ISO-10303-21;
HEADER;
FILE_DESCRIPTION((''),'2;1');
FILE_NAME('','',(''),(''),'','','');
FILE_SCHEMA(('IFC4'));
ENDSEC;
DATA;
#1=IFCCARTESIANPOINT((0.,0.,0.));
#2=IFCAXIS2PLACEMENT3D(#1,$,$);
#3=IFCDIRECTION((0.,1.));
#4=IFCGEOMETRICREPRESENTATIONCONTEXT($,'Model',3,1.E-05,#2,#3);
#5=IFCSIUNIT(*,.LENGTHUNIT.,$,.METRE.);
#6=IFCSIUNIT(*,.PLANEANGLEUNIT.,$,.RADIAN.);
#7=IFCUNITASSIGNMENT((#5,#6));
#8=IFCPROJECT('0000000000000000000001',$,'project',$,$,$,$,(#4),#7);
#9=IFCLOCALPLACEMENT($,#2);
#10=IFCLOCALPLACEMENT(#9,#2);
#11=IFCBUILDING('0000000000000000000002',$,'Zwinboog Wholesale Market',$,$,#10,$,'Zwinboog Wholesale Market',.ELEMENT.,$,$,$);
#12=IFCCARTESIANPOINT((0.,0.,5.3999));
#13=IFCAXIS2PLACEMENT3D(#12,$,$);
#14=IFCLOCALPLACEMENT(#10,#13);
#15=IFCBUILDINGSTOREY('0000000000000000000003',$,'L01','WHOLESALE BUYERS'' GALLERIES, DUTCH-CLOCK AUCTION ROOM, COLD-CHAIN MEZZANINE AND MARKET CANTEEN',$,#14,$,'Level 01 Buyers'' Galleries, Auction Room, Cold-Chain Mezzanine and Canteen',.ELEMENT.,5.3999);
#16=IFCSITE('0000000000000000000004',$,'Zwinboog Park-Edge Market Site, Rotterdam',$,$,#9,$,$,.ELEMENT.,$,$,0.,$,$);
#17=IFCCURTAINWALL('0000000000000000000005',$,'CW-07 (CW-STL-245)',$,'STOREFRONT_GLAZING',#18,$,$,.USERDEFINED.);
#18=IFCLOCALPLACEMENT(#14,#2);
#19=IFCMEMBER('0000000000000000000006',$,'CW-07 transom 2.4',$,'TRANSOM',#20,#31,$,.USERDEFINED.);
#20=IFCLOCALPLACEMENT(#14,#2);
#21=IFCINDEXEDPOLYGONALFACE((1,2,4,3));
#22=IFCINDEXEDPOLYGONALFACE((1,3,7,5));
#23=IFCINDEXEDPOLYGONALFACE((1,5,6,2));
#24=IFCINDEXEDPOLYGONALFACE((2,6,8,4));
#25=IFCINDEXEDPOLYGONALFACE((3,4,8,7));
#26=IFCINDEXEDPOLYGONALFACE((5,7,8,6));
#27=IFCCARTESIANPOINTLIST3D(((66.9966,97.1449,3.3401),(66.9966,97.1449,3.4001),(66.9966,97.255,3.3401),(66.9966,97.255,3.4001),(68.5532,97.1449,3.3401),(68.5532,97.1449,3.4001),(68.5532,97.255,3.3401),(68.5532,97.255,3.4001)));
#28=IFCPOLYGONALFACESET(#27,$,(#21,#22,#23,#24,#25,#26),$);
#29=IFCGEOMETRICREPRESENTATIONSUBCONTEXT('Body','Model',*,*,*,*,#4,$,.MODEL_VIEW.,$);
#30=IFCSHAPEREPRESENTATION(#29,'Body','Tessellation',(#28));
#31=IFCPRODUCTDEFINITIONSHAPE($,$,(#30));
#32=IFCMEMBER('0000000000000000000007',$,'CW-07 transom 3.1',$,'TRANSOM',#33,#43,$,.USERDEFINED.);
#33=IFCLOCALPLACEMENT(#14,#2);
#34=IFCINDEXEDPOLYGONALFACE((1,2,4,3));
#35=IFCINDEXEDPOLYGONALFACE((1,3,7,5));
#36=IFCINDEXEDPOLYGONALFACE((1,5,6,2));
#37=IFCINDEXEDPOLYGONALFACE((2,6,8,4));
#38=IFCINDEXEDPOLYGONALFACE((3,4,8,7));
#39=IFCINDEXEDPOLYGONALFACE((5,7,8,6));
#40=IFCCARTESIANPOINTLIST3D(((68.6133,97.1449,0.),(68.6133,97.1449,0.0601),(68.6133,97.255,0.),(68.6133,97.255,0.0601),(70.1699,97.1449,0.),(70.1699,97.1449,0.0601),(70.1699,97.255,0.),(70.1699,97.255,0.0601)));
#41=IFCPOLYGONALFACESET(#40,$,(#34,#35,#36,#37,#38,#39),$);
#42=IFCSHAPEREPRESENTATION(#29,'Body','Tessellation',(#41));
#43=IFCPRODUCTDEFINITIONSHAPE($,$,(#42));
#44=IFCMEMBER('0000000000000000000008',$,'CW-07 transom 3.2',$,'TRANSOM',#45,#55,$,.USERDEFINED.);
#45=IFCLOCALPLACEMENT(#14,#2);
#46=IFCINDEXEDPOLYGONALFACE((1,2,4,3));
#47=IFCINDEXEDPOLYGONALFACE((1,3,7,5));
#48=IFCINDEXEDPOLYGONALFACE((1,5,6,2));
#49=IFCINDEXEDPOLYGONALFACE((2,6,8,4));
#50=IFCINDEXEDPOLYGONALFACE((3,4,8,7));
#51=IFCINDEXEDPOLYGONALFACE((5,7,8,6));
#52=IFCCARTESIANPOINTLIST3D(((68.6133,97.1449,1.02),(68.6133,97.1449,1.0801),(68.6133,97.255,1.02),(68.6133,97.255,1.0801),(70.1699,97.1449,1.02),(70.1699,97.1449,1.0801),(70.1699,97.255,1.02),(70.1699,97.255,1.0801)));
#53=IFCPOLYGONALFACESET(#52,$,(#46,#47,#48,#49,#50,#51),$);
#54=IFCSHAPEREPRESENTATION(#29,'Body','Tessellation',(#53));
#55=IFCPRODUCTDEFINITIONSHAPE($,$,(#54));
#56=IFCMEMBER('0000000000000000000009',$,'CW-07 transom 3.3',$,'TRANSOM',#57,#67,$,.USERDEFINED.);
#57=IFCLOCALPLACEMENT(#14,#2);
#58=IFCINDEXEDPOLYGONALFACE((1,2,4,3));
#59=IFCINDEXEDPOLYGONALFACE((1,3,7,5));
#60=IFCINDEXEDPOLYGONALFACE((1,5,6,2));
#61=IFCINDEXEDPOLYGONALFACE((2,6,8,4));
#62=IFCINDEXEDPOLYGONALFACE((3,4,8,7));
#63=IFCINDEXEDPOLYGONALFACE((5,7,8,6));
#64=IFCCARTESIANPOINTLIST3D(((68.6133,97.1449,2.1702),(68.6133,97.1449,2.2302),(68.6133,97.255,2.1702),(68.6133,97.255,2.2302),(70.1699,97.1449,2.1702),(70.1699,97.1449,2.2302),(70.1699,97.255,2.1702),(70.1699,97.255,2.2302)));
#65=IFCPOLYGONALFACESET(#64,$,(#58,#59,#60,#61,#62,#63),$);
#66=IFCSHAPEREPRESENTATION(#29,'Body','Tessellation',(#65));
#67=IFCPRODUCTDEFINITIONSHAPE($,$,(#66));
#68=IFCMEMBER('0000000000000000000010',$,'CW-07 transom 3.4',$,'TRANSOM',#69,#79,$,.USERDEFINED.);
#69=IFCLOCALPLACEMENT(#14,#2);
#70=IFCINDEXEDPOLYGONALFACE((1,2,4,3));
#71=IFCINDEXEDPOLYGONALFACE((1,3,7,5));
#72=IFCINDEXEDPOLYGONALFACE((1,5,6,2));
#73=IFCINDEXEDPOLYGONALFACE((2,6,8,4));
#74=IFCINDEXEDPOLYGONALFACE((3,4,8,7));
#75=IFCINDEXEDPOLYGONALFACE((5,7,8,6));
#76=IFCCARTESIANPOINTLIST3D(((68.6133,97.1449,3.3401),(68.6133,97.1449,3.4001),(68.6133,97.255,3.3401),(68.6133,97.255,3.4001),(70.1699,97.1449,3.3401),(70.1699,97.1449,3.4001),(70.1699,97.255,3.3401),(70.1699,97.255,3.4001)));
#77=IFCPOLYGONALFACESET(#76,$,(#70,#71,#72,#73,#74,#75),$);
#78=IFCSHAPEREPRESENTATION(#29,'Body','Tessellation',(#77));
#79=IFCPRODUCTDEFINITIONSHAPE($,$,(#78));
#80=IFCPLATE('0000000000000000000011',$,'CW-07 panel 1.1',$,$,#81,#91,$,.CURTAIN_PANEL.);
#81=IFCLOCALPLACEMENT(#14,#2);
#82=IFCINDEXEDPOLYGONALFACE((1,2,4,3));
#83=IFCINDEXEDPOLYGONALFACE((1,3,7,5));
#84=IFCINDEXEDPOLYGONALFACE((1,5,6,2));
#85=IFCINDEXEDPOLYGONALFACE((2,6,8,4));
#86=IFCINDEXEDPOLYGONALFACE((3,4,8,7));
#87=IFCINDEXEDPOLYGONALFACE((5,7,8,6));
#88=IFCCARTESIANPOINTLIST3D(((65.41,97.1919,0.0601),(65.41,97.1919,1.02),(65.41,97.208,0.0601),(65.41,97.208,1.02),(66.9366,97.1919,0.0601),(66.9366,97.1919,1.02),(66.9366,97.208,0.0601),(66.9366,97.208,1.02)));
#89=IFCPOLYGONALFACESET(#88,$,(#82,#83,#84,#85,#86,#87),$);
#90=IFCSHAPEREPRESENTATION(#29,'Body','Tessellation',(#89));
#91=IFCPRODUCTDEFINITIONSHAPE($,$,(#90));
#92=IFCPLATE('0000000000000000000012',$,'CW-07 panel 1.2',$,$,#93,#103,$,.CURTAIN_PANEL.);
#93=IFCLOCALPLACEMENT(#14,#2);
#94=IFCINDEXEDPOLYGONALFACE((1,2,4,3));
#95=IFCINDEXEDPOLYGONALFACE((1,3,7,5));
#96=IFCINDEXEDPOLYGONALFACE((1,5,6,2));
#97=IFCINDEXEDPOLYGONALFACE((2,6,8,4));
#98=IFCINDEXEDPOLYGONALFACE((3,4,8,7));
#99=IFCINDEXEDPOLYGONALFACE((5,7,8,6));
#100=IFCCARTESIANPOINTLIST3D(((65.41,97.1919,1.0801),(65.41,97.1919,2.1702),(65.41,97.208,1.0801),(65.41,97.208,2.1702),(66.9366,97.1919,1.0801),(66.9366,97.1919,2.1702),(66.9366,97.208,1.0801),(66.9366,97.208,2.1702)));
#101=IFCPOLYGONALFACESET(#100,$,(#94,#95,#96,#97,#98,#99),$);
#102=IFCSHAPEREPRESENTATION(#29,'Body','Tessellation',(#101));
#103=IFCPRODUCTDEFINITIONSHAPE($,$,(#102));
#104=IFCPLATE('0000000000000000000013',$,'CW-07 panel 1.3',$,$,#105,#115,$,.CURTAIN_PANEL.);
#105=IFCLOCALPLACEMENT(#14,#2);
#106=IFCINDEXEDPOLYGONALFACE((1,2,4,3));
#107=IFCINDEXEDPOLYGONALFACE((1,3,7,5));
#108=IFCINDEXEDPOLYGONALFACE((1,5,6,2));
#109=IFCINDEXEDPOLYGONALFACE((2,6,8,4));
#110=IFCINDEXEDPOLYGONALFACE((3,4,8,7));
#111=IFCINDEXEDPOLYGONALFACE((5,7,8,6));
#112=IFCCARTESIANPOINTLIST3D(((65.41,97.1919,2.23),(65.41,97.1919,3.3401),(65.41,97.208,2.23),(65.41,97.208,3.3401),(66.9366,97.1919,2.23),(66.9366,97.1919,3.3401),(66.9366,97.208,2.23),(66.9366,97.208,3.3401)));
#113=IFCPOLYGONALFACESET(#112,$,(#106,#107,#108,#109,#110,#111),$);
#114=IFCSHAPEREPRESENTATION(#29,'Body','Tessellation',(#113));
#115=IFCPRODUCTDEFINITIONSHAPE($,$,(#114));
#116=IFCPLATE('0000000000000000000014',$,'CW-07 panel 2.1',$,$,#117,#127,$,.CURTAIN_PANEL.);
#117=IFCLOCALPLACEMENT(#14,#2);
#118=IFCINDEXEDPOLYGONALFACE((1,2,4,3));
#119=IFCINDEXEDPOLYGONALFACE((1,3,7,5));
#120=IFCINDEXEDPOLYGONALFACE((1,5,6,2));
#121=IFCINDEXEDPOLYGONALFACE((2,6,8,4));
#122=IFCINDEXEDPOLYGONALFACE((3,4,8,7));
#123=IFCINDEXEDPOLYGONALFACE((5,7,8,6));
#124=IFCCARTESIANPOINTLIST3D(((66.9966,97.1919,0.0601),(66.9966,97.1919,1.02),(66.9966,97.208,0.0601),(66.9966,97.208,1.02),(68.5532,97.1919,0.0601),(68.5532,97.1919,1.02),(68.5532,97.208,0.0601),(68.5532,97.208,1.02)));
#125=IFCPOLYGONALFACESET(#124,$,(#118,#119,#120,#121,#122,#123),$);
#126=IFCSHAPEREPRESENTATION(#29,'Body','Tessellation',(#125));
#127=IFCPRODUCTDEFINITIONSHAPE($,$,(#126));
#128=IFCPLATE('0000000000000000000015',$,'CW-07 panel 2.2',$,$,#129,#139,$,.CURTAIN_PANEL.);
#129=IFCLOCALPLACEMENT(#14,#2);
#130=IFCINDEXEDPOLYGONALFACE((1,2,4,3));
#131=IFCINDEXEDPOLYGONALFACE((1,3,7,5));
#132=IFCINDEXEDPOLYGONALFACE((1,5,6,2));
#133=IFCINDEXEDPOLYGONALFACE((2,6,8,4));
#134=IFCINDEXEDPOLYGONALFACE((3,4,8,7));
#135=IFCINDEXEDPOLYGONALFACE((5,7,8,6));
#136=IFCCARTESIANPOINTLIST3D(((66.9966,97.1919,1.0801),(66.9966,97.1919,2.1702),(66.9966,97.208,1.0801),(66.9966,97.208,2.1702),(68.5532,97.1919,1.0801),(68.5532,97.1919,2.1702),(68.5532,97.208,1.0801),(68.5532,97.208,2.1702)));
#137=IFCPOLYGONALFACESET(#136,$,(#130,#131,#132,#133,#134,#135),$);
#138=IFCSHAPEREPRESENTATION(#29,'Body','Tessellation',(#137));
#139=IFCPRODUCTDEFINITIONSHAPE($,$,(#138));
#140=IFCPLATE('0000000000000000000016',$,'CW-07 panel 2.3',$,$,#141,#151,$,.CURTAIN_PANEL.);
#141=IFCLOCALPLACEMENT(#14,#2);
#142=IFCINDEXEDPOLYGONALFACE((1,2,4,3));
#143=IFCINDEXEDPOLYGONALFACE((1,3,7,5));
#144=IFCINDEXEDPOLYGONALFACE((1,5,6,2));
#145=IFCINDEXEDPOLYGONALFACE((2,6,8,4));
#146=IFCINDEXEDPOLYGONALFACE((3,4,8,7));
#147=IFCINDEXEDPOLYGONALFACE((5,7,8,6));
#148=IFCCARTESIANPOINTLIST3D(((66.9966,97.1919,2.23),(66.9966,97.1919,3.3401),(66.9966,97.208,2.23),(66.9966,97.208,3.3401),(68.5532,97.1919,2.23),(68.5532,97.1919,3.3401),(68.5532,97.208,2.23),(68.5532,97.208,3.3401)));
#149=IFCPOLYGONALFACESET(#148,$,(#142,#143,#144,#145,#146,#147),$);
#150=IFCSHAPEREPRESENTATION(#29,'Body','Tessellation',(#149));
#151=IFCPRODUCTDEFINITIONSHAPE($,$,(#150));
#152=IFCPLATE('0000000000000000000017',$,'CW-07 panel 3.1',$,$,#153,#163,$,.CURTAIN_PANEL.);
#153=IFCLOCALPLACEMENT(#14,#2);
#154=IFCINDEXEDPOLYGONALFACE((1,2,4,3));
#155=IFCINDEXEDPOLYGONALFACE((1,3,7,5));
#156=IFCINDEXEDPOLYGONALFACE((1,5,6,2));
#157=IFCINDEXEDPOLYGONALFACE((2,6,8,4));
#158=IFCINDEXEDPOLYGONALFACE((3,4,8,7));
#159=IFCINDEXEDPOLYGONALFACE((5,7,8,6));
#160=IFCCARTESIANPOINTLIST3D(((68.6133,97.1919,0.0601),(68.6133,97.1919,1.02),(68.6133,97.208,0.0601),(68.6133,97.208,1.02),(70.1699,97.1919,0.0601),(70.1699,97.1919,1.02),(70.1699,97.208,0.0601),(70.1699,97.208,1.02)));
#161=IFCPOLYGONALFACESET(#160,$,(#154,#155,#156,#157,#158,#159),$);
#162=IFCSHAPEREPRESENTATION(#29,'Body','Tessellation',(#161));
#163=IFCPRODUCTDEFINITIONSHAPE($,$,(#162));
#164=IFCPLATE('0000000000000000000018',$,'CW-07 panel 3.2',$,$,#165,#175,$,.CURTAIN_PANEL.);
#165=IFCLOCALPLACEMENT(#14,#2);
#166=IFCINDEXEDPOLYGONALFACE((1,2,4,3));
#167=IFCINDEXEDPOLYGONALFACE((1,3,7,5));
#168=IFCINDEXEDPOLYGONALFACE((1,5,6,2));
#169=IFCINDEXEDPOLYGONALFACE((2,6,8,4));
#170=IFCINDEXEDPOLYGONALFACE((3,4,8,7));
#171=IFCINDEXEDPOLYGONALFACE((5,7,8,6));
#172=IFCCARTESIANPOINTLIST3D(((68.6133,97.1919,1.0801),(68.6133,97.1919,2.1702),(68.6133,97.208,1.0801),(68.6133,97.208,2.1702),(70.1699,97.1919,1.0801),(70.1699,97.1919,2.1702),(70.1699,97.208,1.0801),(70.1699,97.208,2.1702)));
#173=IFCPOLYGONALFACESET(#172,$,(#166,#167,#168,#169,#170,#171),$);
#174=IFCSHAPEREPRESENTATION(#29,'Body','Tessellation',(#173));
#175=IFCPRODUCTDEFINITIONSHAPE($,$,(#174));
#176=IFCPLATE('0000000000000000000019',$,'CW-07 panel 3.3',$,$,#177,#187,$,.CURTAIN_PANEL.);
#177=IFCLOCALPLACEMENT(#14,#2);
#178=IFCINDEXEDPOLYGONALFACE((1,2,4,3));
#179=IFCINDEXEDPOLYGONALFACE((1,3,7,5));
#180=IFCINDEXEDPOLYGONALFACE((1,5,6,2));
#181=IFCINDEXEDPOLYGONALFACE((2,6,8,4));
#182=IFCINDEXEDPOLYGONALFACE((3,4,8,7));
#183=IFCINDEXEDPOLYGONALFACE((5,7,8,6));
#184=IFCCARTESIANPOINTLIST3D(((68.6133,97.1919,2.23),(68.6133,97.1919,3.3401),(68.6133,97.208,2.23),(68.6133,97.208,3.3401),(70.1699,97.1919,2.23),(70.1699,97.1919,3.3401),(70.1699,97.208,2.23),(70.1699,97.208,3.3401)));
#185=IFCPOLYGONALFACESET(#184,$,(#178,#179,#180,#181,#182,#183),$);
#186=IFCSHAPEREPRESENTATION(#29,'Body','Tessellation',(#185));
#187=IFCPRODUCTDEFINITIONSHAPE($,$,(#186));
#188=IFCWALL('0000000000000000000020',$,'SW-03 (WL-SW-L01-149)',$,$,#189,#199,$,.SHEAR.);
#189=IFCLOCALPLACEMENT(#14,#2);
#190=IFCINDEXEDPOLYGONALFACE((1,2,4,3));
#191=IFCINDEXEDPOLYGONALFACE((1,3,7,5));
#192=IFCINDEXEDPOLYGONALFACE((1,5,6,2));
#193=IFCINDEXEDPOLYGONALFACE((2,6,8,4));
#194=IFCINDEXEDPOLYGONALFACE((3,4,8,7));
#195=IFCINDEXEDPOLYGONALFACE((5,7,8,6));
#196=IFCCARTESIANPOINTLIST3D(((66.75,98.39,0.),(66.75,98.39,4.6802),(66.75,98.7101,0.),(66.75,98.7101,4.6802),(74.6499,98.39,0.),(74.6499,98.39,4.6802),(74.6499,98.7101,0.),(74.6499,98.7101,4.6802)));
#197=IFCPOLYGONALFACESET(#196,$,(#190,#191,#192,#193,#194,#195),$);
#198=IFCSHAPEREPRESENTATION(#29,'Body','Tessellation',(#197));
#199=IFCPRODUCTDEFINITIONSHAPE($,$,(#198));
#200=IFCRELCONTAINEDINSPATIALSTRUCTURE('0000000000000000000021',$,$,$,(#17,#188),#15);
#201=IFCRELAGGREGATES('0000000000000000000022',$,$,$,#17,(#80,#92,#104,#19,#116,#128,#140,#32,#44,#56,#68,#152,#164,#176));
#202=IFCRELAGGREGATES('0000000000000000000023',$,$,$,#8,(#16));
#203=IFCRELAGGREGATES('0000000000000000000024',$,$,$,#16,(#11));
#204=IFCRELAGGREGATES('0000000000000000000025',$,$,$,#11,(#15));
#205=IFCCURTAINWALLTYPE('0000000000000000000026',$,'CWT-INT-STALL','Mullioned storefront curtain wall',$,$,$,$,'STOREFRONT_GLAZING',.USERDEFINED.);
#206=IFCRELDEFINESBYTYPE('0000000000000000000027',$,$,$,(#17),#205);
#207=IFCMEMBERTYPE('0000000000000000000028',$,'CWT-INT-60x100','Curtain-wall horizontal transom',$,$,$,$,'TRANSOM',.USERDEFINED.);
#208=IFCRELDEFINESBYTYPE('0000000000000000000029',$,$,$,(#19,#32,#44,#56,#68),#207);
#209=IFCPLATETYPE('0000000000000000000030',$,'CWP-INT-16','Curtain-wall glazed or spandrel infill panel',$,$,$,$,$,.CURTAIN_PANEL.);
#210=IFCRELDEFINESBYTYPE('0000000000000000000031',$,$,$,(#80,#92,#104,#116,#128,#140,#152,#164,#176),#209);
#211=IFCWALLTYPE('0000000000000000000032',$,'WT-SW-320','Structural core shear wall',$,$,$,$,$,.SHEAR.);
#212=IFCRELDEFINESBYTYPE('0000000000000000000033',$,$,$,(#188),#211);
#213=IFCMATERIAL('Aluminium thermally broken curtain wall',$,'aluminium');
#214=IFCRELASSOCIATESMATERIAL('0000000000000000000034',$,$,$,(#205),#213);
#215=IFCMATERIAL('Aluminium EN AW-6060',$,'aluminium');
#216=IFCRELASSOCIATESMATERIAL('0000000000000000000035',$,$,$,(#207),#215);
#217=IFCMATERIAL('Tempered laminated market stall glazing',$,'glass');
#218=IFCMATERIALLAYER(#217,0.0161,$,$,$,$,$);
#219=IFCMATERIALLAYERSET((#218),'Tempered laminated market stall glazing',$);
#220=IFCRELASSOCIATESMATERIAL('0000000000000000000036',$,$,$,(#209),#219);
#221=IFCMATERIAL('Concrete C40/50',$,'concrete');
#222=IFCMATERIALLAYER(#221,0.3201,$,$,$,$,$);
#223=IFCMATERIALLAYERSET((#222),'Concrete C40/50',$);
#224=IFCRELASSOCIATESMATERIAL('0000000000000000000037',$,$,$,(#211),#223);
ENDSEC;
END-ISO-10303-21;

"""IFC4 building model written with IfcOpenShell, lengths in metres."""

from ifc_helpers import new_model, si_unit, direction, frame, frame_2d, origin, origin_2d, place, context, subcontext, project, spatial, rectangle, extrude, material, layer, layer_set, material_profile, profile_set, type_object, element, aggregate, save


model = new_model("IFC4")

# Units and contexts
model_context = context("Model", 3, precision=1e-05, world=origin(), true_north=direction((0.0, 1.0)))
body_context = subcontext(model_context, "Body", "Model", "MODEL_VIEW")
ifc_project = project(units=[si_unit("LENGTHUNIT", "METRE"), si_unit("PLANEANGLEUNIT", "RADIAN")], contexts=[model_context])

# Site, building, storey
site_placement = place(None, origin())
site = spatial("IfcSite", under=ifc_project, at=site_placement, Name="Zwinboog Park-Edge Market Site, Rotterdam", CompositionType="ELEMENT", RefElevation=0.0)
building_placement = place(site_placement, origin())
building = spatial("IfcBuilding", under=site, at=building_placement, Name="Zwinboog Wholesale Market", LongName="Zwinboog Wholesale Market", CompositionType="ELEMENT")
storey_placement = place(building_placement, frame((0.0, 0.0, 5.3999)))
storey = spatial("IfcBuildingStorey", under=building, at=storey_placement, Name="L01", Description="WHOLESALE BUYERS' GALLERIES, DUTCH-CLOCK AUCTION ROOM, COLD-CHAIN MEZZANINE AND MARKET CANTEEN", LongName="Level 01 Buyers' Galleries, Auction Room, Cold-Chain Mezzanine and Canteen", CompositionType="ELEMENT", Elevation=5.3999)

# Curtain wall, members, plates
ifc_material_1 = material(Name="Aluminium thermally broken curtain wall", Category="aluminium")
curtain_wall_type = type_object("IfcCurtainWallType", Name="CWT-INT-STALL", Description="Mullioned storefront curtain wall", ElementType="STOREFRONT_GLAZING", PredefinedType="USERDEFINED", material=ifc_material_1)
curtain_wall_placement = place(storey_placement, origin())
curtain_wall = element("IfcCurtainWall", 1, at=curtain_wall_placement, inside=storey, type_object=curtain_wall_type, Name="CW-07 (CW-STL-245)", ObjectType="STOREFRONT_GLAZING", PredefinedType="USERDEFINED")
ifc_material_2 = material(Name="Aluminium EN AW-6060", Category="aluminium")
ifc_material_profile_1 = material_profile(ifc_material_2, rectangle(XDim=0.1101, YDim=0.0601, at=origin_2d()), Name="AL 60x110")
ifc_profile_set_1 = profile_set([ifc_material_profile_1], Name="Aluminium EN AW-6060")
member_type_1 = type_object("IfcMemberType", Name="CWT-INT-60x100", Description="Curtain-wall horizontal transom", ElementType="TRANSOM", PredefinedType="USERDEFINED", material=ifc_profile_set_1)
member_1_placement = place(storey_placement, frame((66.9966, 97.2, 3.3701), z_axis=(1.0, 0.0, 0.0), x_axis=(0.0, 1.0, 0.0)))
member_1 = element("IfcMember", 2, at=member_1_placement, type_object=member_type_1, Name="CW-07 transom 2.4", ObjectType="TRANSOM", PredefinedType="USERDEFINED", context=body_context, shape_type="SweptSolid", body=[
    extrude(rectangle(XDim=0.1101, YDim=0.0601, at=origin_2d()), origin(), (0.0, 0.0, 1.0), 1.5566),
])
member_2_placement = place(storey_placement, frame((68.6133, 97.2, 0.03), z_axis=(1.0, 0.0, 0.0), x_axis=(0.0, 1.0, 0.0)))
member_2 = element("IfcMember", 3, at=member_2_placement, type_object=member_type_1, Name="CW-07 transom 3.1", ObjectType="TRANSOM", PredefinedType="USERDEFINED", context=body_context, shape_type="SweptSolid", body=[
    extrude(rectangle(XDim=0.1101, YDim=0.0601, at=origin_2d()), origin(), (0.0, 0.0, 1.0), 1.5566),
])
member_3_placement = place(storey_placement, frame((68.6133, 97.2, 1.05), z_axis=(1.0, 0.0, 0.0), x_axis=(0.0, 1.0, 0.0)))
member_3 = element("IfcMember", 4, at=member_3_placement, type_object=member_type_1, Name="CW-07 transom 3.2", ObjectType="TRANSOM", PredefinedType="USERDEFINED", context=body_context, shape_type="SweptSolid", body=[
    extrude(rectangle(XDim=0.1101, YDim=0.0601, at=origin_2d()), origin(), (0.0, 0.0, 1.0), 1.5566),
])
member_4_placement = place(storey_placement, frame((68.6133, 97.2, 2.2002), z_axis=(1.0, 0.0, 0.0), x_axis=(0.0, 1.0, 0.0)))
member_4 = element("IfcMember", 5, at=member_4_placement, type_object=member_type_1, Name="CW-07 transom 3.3", ObjectType="TRANSOM", PredefinedType="USERDEFINED", context=body_context, shape_type="SweptSolid", body=[
    extrude(rectangle(XDim=0.1101, YDim=0.0601, at=origin_2d()), origin(), (0.0, 0.0, 1.0), 1.5566),
])
member_5_placement = place(storey_placement, frame((68.6133, 97.2, 3.3701), z_axis=(1.0, 0.0, 0.0), x_axis=(0.0, 1.0, 0.0)))
member_5 = element("IfcMember", 6, at=member_5_placement, type_object=member_type_1, Name="CW-07 transom 3.4", ObjectType="TRANSOM", PredefinedType="USERDEFINED", context=body_context, shape_type="SweptSolid", body=[
    extrude(rectangle(XDim=0.1101, YDim=0.0601, at=origin_2d()), origin(), (0.0, 0.0, 1.0), 1.5566),
])
ifc_material_3 = material(Name="Tempered laminated market stall glazing", Category="glass")
ifc_layer_1 = layer(ifc_material_3, 0.0161)
ifc_layer_set_1 = layer_set([ifc_layer_1], Name="Tempered laminated market stall glazing")
plate_type = type_object("IfcPlateType", Name="CWP-INT-16", Description="Curtain-wall glazed or spandrel infill panel", PredefinedType="CURTAIN_PANEL", material=ifc_layer_set_1)
plate_1_placement = place(storey_placement, frame((66.1733, 97.2, 0.0601), z_axis=(0.0, 0.0, 1.0), x_axis=(1.0, 0.0, 0.0)))
plate_1 = element("IfcPlate", 7, at=plate_1_placement, type_object=plate_type, Name="CW-07 panel 1.1", PredefinedType="CURTAIN_PANEL", context=body_context, shape_type="SweptSolid", body=[
    extrude(rectangle(XDim=1.5266, YDim=0.0161, at=origin_2d()), origin(), (0.0, 0.0, 1.0), 0.96),
])
plate_2_placement = place(storey_placement, frame((66.1733, 97.2, 1.0801), z_axis=(0.0, 0.0, 1.0), x_axis=(1.0, 0.0, 0.0)))
plate_2 = element("IfcPlate", 8, at=plate_2_placement, type_object=plate_type, Name="CW-07 panel 1.2", PredefinedType="CURTAIN_PANEL", context=body_context, shape_type="SweptSolid", body=[
    extrude(rectangle(XDim=1.5266, YDim=0.0161, at=origin_2d()), origin(), (0.0, 0.0, 1.0), 1.0901),
])
plate_3_placement = place(storey_placement, frame((66.1733, 97.2, 2.23), z_axis=(0.0, 0.0, 1.0), x_axis=(1.0, 0.0, 0.0)))
plate_3 = element("IfcPlate", 9, at=plate_3_placement, type_object=plate_type, Name="CW-07 panel 1.3", PredefinedType="CURTAIN_PANEL", context=body_context, shape_type="SweptSolid", body=[
    extrude(rectangle(XDim=1.5266, YDim=0.0161, at=origin_2d()), origin(), (0.0, 0.0, 1.0), 1.1101),
])
plate_4_placement = place(storey_placement, frame((67.7749, 97.2, 0.0601), z_axis=(0.0, 0.0, 1.0), x_axis=(1.0, 0.0, 0.0)))
plate_4 = element("IfcPlate", 10, at=plate_4_placement, type_object=plate_type, Name="CW-07 panel 2.1", PredefinedType="CURTAIN_PANEL", context=body_context, shape_type="SweptSolid", body=[
    extrude(rectangle(XDim=1.5566, YDim=0.0161, at=origin_2d()), origin(), (0.0, 0.0, 1.0), 0.96),
])
plate_5_placement = place(storey_placement, frame((67.7749, 97.2, 1.0801), z_axis=(0.0, 0.0, 1.0), x_axis=(1.0, 0.0, 0.0)))
plate_5 = element("IfcPlate", 11, at=plate_5_placement, type_object=plate_type, Name="CW-07 panel 2.2", PredefinedType="CURTAIN_PANEL", context=body_context, shape_type="SweptSolid", body=[
    extrude(rectangle(XDim=1.5566, YDim=0.0161, at=origin_2d()), origin(), (0.0, 0.0, 1.0), 1.0901),
])
plate_6_placement = place(storey_placement, frame((67.7749, 97.2, 2.23), z_axis=(0.0, 0.0, 1.0), x_axis=(1.0, 0.0, 0.0)))
plate_6 = element("IfcPlate", 12, at=plate_6_placement, type_object=plate_type, Name="CW-07 panel 2.3", PredefinedType="CURTAIN_PANEL", context=body_context, shape_type="SweptSolid", body=[
    extrude(rectangle(XDim=1.5566, YDim=0.0161, at=origin_2d()), origin(), (0.0, 0.0, 1.0), 1.1101),
])
plate_7_placement = place(storey_placement, frame((69.3916, 97.2, 0.0601), z_axis=(0.0, 0.0, 1.0), x_axis=(1.0, 0.0, 0.0)))
plate_7 = element("IfcPlate", 13, at=plate_7_placement, type_object=plate_type, Name="CW-07 panel 3.1", PredefinedType="CURTAIN_PANEL", context=body_context, shape_type="SweptSolid", body=[
    extrude(rectangle(XDim=1.5566, YDim=0.0161, at=origin_2d()), origin(), (0.0, 0.0, 1.0), 0.96),
])
plate_8_placement = place(storey_placement, frame((69.3916, 97.2, 1.0801), z_axis=(0.0, 0.0, 1.0), x_axis=(1.0, 0.0, 0.0)))
plate_8 = element("IfcPlate", 14, at=plate_8_placement, type_object=plate_type, Name="CW-07 panel 3.2", PredefinedType="CURTAIN_PANEL", context=body_context, shape_type="SweptSolid", body=[
    extrude(rectangle(XDim=1.5566, YDim=0.0161, at=origin_2d()), origin(), (0.0, 0.0, 1.0), 1.0901),
])
plate_9_placement = place(storey_placement, frame((69.3916, 97.2, 2.23), z_axis=(0.0, 0.0, 1.0), x_axis=(1.0, 0.0, 0.0)))
plate_9 = element("IfcPlate", 15, at=plate_9_placement, type_object=plate_type, Name="CW-07 panel 3.3", PredefinedType="CURTAIN_PANEL", context=body_context, shape_type="SweptSolid", body=[
    extrude(rectangle(XDim=1.5566, YDim=0.0161, at=origin_2d()), origin(), (0.0, 0.0, 1.0), 1.1101),
])
aggregate(curtain_wall, [plate_1, plate_2, plate_3, member_1, plate_4, plate_5, plate_6, member_2, member_3, member_4, member_5, plate_7, plate_8, plate_9])

# Wall
ifc_material_4 = material(Name="Concrete C40/50", Category="concrete")
ifc_layer_2 = layer(ifc_material_4, 0.3201)
ifc_layer_set_2 = layer_set([ifc_layer_2], Name="Concrete C40/50")
wall_type_1 = type_object("IfcWallType", Name="WT-SW-320", Description="Structural core shear wall", PredefinedType="SHEAR", material=ifc_layer_set_2)
wall_1_placement = place(storey_placement, frame((66.75, 98.55, 0.0), z_axis=(0.0, 0.0, 1.0), x_axis=(1.0, 0.0, 0.0)))
element("IfcWall", 16, at=wall_1_placement, inside=storey, type_object=wall_type_1, Name="SW-03 (WL-SW-L01-149)", PredefinedType="SHEAR", context=body_context, shape_type="SweptSolid", body=[
    extrude(rectangle(XDim=7.8999, YDim=0.3201, at=frame_2d((3.95, 0.0))), origin(), (0.0, 0.0, 1.0), 4.6802),
])

save(model, "model.ifc")
